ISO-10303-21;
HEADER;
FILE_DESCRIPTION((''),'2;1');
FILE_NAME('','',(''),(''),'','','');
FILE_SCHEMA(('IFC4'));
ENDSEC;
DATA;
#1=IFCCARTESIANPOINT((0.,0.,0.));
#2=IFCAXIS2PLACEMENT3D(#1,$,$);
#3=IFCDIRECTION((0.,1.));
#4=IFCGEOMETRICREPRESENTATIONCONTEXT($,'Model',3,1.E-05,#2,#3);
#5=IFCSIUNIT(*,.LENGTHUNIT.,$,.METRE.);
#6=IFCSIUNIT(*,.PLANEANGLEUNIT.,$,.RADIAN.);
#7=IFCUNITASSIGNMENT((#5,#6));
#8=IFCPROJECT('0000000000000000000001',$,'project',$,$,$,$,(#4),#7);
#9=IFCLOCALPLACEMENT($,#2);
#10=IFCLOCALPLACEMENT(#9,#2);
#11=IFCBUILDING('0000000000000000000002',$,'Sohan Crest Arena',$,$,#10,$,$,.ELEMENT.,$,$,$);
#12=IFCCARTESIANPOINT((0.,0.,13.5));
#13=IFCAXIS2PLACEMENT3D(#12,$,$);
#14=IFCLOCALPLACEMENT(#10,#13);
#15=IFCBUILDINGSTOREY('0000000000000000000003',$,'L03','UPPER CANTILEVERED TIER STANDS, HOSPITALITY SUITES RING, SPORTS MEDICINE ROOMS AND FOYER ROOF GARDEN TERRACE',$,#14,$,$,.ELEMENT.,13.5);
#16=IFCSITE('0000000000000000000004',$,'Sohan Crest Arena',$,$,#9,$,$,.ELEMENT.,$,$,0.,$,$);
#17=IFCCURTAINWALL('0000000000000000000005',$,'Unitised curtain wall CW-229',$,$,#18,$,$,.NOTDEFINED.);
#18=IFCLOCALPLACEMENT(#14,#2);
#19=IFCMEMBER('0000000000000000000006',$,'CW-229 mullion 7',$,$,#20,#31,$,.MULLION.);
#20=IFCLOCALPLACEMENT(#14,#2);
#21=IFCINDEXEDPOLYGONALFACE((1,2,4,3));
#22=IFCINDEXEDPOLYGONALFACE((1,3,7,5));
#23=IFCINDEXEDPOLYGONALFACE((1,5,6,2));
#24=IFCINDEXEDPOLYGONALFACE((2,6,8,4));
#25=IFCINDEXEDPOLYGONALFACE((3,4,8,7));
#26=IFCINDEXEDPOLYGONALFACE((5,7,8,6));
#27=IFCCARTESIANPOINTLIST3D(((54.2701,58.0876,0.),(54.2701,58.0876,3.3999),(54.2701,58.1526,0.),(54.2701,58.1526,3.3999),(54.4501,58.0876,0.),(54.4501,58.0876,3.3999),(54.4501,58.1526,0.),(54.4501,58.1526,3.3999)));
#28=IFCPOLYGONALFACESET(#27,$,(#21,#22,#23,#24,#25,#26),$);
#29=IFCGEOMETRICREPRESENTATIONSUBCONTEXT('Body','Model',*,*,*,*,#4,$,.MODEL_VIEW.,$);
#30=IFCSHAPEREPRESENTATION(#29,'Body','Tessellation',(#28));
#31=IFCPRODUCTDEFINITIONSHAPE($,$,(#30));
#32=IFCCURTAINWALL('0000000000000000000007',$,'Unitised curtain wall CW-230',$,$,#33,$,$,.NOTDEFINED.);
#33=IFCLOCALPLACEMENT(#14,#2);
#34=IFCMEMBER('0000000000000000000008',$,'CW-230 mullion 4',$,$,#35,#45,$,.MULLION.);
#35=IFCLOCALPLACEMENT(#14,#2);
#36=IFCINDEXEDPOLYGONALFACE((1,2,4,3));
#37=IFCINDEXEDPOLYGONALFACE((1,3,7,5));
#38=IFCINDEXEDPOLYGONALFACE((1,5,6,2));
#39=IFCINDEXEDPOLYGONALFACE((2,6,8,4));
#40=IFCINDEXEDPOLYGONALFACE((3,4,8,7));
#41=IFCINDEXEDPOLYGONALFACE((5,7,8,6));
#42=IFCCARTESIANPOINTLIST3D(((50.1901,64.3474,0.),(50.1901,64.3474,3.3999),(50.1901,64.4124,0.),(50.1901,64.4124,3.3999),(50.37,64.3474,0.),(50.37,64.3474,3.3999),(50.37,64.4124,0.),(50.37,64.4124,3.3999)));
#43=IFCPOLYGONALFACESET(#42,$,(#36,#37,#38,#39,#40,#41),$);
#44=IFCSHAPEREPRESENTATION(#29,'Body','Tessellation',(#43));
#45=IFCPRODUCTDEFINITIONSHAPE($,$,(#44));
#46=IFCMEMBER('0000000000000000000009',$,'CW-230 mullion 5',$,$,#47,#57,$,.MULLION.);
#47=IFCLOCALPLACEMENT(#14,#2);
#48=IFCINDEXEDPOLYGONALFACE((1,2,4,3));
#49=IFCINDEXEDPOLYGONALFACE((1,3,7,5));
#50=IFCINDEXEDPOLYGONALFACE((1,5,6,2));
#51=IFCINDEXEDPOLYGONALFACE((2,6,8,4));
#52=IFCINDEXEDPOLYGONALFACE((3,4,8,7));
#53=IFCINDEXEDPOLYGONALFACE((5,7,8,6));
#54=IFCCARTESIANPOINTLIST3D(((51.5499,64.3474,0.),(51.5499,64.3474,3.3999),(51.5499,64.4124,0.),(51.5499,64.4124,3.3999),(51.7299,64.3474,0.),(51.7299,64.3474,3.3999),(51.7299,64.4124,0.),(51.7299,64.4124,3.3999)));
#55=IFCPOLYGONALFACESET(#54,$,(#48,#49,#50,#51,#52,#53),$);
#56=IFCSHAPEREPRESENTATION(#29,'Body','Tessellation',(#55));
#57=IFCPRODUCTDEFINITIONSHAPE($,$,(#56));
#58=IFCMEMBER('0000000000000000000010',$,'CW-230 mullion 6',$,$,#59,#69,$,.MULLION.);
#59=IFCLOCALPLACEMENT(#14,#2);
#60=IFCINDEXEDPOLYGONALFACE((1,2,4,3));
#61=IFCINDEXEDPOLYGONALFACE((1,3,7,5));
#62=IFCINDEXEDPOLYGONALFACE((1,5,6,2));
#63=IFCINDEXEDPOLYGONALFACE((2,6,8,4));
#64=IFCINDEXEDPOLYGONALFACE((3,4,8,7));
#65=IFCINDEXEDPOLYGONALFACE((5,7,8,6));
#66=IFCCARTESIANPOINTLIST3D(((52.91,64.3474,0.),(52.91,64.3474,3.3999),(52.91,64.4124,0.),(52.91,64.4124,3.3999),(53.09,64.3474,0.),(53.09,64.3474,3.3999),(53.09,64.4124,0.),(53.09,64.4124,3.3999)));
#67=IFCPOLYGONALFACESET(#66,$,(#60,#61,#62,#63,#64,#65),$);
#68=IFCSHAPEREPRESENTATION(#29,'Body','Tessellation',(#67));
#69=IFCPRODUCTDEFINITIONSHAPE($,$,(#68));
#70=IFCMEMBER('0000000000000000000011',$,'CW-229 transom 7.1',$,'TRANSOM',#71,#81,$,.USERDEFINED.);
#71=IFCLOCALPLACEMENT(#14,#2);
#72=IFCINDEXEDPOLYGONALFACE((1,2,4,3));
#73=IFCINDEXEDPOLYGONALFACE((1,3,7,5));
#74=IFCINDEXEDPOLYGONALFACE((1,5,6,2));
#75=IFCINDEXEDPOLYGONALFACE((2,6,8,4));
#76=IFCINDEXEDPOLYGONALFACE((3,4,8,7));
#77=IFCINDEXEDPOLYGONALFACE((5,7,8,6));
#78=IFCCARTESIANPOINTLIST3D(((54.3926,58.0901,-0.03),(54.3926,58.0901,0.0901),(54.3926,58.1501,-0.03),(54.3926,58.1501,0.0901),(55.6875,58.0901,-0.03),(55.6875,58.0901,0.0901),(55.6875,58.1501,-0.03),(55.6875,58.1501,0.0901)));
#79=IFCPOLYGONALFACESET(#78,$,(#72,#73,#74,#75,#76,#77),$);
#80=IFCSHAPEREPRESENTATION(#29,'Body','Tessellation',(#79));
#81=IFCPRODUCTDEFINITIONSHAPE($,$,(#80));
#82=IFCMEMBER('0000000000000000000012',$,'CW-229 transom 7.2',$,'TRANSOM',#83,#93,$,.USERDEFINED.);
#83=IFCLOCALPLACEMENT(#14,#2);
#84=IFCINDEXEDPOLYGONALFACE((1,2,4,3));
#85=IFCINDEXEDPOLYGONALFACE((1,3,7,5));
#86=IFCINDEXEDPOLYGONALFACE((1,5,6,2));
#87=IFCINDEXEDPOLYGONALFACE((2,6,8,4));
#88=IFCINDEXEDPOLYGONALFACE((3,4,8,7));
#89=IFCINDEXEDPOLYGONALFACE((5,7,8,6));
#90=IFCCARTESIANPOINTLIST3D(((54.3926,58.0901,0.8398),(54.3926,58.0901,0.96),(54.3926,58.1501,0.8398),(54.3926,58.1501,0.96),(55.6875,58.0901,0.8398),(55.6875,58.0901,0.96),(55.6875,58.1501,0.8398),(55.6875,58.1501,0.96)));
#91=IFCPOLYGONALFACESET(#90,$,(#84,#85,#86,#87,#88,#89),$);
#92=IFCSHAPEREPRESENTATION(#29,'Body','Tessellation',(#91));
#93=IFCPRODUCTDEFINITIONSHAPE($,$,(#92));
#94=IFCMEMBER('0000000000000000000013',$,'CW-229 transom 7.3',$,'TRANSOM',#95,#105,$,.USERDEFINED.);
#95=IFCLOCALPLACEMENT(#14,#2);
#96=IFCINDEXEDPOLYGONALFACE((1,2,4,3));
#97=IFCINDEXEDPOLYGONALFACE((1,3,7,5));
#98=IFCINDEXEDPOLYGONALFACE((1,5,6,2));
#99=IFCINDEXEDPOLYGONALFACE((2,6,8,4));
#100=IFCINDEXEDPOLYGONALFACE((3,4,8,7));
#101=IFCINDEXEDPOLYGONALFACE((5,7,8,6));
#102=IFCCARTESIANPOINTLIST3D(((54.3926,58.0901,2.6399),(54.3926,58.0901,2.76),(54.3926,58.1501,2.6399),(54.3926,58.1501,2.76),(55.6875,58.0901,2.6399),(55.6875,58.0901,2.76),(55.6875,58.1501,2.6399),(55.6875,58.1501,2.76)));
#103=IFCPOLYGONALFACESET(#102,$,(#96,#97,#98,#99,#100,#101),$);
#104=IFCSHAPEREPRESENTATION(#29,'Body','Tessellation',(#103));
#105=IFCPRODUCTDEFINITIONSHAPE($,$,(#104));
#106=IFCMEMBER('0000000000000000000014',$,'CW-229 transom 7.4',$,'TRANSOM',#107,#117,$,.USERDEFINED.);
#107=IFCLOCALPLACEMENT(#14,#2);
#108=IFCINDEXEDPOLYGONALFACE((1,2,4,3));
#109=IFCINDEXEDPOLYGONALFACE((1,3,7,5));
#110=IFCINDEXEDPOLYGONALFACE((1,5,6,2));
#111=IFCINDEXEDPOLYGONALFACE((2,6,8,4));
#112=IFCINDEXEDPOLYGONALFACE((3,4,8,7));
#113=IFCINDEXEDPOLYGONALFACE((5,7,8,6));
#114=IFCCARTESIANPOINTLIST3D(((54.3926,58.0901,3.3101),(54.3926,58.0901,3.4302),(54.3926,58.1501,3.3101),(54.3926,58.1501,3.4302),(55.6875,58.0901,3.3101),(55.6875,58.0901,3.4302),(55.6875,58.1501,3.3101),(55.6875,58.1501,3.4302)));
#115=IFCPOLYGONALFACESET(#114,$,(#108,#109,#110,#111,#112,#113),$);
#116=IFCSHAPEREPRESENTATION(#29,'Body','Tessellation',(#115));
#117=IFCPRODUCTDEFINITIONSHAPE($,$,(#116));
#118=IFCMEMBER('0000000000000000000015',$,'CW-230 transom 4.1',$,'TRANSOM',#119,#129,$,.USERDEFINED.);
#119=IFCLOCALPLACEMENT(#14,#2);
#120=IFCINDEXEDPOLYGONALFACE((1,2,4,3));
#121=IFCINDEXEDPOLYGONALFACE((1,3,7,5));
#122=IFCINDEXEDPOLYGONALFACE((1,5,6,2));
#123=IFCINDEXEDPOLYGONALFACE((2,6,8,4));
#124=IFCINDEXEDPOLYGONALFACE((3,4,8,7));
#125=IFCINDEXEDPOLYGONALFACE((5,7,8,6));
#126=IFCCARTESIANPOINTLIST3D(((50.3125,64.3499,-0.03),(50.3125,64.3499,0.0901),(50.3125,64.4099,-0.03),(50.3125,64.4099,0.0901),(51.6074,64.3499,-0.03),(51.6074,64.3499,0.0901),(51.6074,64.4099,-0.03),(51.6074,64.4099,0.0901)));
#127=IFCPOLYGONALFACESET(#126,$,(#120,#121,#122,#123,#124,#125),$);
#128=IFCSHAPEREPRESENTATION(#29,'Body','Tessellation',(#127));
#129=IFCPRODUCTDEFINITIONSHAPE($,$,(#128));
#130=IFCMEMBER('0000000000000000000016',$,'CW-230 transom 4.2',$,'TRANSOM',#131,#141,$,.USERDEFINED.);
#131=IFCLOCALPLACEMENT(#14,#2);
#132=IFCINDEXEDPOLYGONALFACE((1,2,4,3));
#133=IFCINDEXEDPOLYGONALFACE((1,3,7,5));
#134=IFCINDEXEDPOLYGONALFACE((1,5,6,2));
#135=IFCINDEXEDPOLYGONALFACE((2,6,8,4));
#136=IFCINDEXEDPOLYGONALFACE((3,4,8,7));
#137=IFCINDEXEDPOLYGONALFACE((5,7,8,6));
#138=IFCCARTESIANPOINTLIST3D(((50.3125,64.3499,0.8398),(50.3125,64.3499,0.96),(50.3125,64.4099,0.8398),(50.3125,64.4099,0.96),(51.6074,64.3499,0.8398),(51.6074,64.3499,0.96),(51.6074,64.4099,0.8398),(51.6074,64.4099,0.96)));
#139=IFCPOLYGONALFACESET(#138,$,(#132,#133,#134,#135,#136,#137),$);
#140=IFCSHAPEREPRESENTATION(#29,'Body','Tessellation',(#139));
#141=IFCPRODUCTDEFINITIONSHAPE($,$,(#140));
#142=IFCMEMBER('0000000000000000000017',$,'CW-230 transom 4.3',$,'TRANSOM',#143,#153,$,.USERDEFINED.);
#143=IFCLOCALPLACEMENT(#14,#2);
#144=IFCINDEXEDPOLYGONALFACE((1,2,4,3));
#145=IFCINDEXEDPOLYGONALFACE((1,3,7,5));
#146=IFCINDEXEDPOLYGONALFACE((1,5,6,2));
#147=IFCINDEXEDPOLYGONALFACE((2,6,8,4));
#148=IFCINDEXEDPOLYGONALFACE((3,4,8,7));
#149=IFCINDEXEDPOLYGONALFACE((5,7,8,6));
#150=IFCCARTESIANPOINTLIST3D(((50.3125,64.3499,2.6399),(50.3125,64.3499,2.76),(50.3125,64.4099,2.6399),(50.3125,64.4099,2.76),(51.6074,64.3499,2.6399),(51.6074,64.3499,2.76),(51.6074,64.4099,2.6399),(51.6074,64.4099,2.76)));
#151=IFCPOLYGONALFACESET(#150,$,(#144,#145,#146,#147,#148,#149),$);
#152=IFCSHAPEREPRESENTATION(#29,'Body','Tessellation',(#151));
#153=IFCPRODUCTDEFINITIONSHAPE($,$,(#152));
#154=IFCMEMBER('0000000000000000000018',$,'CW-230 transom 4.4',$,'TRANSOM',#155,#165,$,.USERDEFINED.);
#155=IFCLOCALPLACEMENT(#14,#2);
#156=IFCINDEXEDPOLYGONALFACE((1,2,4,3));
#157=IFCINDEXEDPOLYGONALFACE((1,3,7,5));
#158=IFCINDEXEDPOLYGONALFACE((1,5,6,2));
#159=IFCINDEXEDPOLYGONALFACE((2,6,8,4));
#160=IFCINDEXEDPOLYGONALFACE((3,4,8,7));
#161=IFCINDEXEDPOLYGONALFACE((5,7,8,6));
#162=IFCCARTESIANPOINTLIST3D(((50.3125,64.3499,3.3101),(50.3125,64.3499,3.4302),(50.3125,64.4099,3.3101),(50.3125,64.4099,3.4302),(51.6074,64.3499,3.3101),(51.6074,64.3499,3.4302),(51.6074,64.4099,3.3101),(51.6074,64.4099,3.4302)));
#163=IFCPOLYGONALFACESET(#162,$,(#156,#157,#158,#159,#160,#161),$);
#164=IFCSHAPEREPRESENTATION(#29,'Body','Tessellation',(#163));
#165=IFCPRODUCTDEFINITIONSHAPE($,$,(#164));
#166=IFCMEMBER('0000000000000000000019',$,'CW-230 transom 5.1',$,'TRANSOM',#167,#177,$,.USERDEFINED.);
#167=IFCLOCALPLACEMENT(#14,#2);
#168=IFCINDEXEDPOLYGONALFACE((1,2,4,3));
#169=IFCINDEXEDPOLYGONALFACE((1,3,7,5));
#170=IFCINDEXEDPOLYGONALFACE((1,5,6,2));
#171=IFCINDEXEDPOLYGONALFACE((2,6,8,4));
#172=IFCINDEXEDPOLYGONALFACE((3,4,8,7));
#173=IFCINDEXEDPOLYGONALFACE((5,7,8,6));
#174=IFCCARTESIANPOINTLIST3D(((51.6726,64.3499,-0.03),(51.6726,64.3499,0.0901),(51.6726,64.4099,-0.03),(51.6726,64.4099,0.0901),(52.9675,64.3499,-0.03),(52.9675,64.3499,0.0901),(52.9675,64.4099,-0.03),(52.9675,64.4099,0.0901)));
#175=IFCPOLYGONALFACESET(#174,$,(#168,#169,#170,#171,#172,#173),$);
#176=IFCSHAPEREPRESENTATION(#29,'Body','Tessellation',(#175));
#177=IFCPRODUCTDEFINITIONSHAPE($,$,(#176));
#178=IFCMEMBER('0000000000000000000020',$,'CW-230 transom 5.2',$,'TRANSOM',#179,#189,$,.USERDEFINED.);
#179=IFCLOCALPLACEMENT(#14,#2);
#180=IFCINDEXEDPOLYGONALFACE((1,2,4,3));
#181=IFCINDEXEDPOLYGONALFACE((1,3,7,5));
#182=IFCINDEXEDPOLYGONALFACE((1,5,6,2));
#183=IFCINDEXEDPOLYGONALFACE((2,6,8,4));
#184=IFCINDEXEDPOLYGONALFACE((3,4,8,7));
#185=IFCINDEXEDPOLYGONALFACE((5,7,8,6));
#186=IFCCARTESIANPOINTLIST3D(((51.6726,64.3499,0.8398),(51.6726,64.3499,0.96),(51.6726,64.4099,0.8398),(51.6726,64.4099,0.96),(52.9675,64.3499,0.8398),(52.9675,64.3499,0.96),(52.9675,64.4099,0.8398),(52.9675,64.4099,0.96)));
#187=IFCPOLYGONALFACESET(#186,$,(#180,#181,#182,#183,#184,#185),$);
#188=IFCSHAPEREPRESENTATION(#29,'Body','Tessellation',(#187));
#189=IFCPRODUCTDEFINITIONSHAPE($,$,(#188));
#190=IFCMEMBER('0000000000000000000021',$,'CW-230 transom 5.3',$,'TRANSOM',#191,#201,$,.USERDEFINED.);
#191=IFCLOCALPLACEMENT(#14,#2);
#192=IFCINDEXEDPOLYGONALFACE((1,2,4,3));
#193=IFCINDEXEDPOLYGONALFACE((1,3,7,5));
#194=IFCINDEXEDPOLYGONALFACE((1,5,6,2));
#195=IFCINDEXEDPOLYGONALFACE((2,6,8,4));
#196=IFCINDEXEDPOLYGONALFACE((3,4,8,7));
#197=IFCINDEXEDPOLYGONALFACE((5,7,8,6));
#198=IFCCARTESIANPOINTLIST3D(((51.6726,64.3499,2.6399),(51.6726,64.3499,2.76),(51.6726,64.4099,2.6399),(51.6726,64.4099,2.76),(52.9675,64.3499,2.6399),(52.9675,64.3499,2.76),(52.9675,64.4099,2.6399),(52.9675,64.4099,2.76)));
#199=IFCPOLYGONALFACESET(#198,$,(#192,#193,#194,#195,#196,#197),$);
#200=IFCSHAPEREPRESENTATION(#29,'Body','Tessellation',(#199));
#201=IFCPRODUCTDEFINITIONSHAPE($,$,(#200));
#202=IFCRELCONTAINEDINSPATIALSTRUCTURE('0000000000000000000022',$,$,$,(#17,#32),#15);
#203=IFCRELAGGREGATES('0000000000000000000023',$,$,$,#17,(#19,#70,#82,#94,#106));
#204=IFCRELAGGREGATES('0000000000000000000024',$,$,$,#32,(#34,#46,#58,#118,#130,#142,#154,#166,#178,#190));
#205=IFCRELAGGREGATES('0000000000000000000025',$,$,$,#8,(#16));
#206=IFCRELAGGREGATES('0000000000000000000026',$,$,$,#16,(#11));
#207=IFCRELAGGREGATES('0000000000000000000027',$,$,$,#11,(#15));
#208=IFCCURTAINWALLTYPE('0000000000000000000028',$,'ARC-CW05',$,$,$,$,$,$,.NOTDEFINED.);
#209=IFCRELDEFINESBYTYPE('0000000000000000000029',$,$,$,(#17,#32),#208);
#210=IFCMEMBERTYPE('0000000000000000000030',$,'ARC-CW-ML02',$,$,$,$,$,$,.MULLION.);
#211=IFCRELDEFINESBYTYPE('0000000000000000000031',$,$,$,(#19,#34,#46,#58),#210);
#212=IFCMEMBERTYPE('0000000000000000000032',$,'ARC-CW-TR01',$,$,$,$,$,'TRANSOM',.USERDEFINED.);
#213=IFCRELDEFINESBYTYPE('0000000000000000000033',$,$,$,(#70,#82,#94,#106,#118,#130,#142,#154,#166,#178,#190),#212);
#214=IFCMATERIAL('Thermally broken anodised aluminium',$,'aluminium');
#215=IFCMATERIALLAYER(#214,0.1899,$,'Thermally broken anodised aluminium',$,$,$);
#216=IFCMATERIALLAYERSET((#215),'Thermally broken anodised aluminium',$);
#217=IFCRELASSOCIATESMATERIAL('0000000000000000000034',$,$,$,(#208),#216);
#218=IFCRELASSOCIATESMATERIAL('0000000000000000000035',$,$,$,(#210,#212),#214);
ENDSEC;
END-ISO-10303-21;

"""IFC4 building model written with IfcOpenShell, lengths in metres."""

from ifc_helpers import new_model, si_unit, direction, frame, origin, origin_2d, place, context, subcontext, project, spatial, rectangle, extrude, material, layer, layer_set, material_profile, profile_set, type_object, element, aggregate, save


model = new_model("IFC4")

# Units and contexts
model_context = context("Model", 3, precision=1e-05, world=origin(), true_north=direction((0.0, 1.0)))
body_context = subcontext(model_context, "Body", "Model", "MODEL_VIEW")
ifc_project = project(units=[si_unit("LENGTHUNIT", "METRE"), si_unit("PLANEANGLEUNIT", "RADIAN")], contexts=[model_context])

# Site, building, storey
site_placement = place(None, origin())
site = spatial("IfcSite", under=ifc_project, at=site_placement, Name="Sohan Crest Arena", CompositionType="ELEMENT", RefElevation=0.0)
building_placement = place(site_placement, origin())
building = spatial("IfcBuilding", under=site, at=building_placement, Name="Sohan Crest Arena", CompositionType="ELEMENT")
storey_placement = place(building_placement, frame((0.0, 0.0, 13.5)))
storey = spatial("IfcBuildingStorey", under=building, at=storey_placement, Name="L03", Description="UPPER CANTILEVERED TIER STANDS, HOSPITALITY SUITES RING, SPORTS MEDICINE ROOMS AND FOYER ROOF GARDEN TERRACE", CompositionType="ELEMENT", Elevation=13.5)

# Curtain wall, member
ifc_material_1 = material(Name="Thermally broken anodised aluminium", Category="aluminium")
ifc_layer_1 = layer(ifc_material_1, 0.1899, Name="Thermally broken anodised aluminium")
ifc_layer_set_1 = layer_set([ifc_layer_1], Name="Thermally broken anodised aluminium")
curtain_wall_type = type_object("IfcCurtainWallType", Name="ARC-CW05", PredefinedType="NOTDEFINED", material=ifc_layer_set_1)
curtain_wall_1_placement = place(storey_placement, origin())
curtain_wall_1 = element("IfcCurtainWall", 1, at=curtain_wall_1_placement, inside=storey, type_object=curtain_wall_type, Name="Unitised curtain wall CW-229", PredefinedType="NOTDEFINED")
ifc_material_profile_1 = material_profile(ifc_material_1, rectangle(XDim=0.0649, YDim=0.1799, at=origin_2d()), Name="ALU-MULL 65x180")
ifc_profile_set_1 = profile_set([ifc_material_profile_1], Name="Thermally broken anodised aluminium")
member_type_1 = type_object("IfcMemberType", Name="ARC-CW-ML02", PredefinedType="MULLION", material=ifc_profile_set_1)
member_1_placement = place(storey_placement, frame((54.3601, 58.1201, 0.0), z_axis=(0.0, 0.0, 1.0), x_axis=(0.0, 1.0, 0.0)))
member_1 = element("IfcMember", 2, at=member_1_placement, type_object=member_type_1, Name="CW-229 mullion 7", PredefinedType="MULLION", context=body_context, shape_type="SweptSolid", body=[
    extrude(rectangle(XDim=0.0649, YDim=0.1799, at=origin_2d()), origin(), (0.0, 0.0, 1.0), 3.3999),
])

# Curtain wall, members
curtain_wall_2_placement = place(storey_placement, origin())
curtain_wall_2 = element("IfcCurtainWall", 3, at=curtain_wall_2_placement, inside=storey, type_object=curtain_wall_type, Name="Unitised curtain wall CW-230", PredefinedType="NOTDEFINED")
member_2_placement = place(storey_placement, frame((50.28, 64.3799, 0.0), z_axis=(0.0, 0.0, 1.0), x_axis=(0.0, 1.0, 0.0)))
member_2 = element("IfcMember", 4, at=member_2_placement, type_object=member_type_1, Name="CW-230 mullion 4", PredefinedType="MULLION", context=body_context, shape_type="SweptSolid", body=[
    extrude(rectangle(XDim=0.0649, YDim=0.1799, at=origin_2d()), origin(), (0.0, 0.0, 1.0), 3.3999),
])
member_3_placement = place(storey_placement, frame((51.6399, 64.3799, 0.0), z_axis=(0.0, 0.0, 1.0), x_axis=(0.0, 1.0, 0.0)))
member_3 = element("IfcMember", 5, at=member_3_placement, type_object=member_type_1, Name="CW-230 mullion 5", PredefinedType="MULLION", context=body_context, shape_type="SweptSolid", body=[
    extrude(rectangle(XDim=0.0649, YDim=0.1799, at=origin_2d()), origin(), (0.0, 0.0, 1.0), 3.3999),
])
member_4_placement = place(storey_placement, frame((53.0, 64.3799, 0.0), z_axis=(0.0, 0.0, 1.0), x_axis=(0.0, 1.0, 0.0)))
member_4 = element("IfcMember", 6, at=member_4_placement, type_object=member_type_1, Name="CW-230 mullion 6", PredefinedType="MULLION", context=body_context, shape_type="SweptSolid", body=[
    extrude(rectangle(XDim=0.0649, YDim=0.1799, at=origin_2d()), origin(), (0.0, 0.0, 1.0), 3.3999),
])

# Members
ifc_material_profile_2 = material_profile(ifc_material_1, rectangle(XDim=0.0601, YDim=0.1201, at=origin_2d()), Name="ALU-TRAN 60x120")
ifc_profile_set_2 = profile_set([ifc_material_profile_2], Name="Thermally broken anodised aluminium")
member_type_2 = type_object("IfcMemberType", Name="ARC-CW-TR01", ElementType="TRANSOM", PredefinedType="USERDEFINED", material=ifc_profile_set_2)
member_5_placement = place(storey_placement, frame((54.3926, 58.1201, 0.03), z_axis=(1.0, 0.0, 0.0), x_axis=(0.0, 1.0, 0.0)))
member_5 = element("IfcMember", 7, at=member_5_placement, type_object=member_type_2, Name="CW-229 transom 7.1", ObjectType="TRANSOM", PredefinedType="USERDEFINED", context=body_context, shape_type="SweptSolid", body=[
    extrude(rectangle(XDim=0.0601, YDim=0.1201, at=origin_2d()), origin(), (0.0, 0.0, 1.0), 1.2949),
])
member_6_placement = place(storey_placement, frame((54.3926, 58.1201, 0.8999), z_axis=(1.0, 0.0, 0.0), x_axis=(0.0, 1.0, 0.0)))
member_6 = element("IfcMember", 8, at=member_6_placement, type_object=member_type_2, Name="CW-229 transom 7.2", ObjectType="TRANSOM", PredefinedType="USERDEFINED", context=body_context, shape_type="SweptSolid", body=[
    extrude(rectangle(XDim=0.0601, YDim=0.1201, at=origin_2d()), origin(), (0.0, 0.0, 1.0), 1.2949),
])
member_7_placement = place(storey_placement, frame((54.3926, 58.1201, 2.7), z_axis=(1.0, 0.0, 0.0), x_axis=(0.0, 1.0, 0.0)))
member_7 = element("IfcMember", 9, at=member_7_placement, type_object=member_type_2, Name="CW-229 transom 7.3", ObjectType="TRANSOM", PredefinedType="USERDEFINED", context=body_context, shape_type="SweptSolid", body=[
    extrude(rectangle(XDim=0.0601, YDim=0.1201, at=origin_2d()), origin(), (0.0, 0.0, 1.0), 1.2949),
])
member_8_placement = place(storey_placement, frame((54.3926, 58.1201, 3.3701), z_axis=(1.0, 0.0, 0.0), x_axis=(0.0, 1.0, 0.0)))
member_8 = element("IfcMember", 10, at=member_8_placement, type_object=member_type_2, Name="CW-229 transom 7.4", ObjectType="TRANSOM", PredefinedType="USERDEFINED", context=body_context, shape_type="SweptSolid", body=[
    extrude(rectangle(XDim=0.0601, YDim=0.1201, at=origin_2d()), origin(), (0.0, 0.0, 1.0), 1.2949),
])
member_9_placement = place(storey_placement, frame((50.3125, 64.3799, 0.03), z_axis=(1.0, 0.0, 0.0), x_axis=(0.0, 1.0, 0.0)))
member_9 = element("IfcMember", 11, at=member_9_placement, type_object=member_type_2, Name="CW-230 transom 4.1", ObjectType="TRANSOM", PredefinedType="USERDEFINED", context=body_context, shape_type="SweptSolid", body=[
    extrude(rectangle(XDim=0.0601, YDim=0.1201, at=origin_2d()), origin(), (0.0, 0.0, 1.0), 1.2949),
])
member_10_placement = place(storey_placement, frame((50.3125, 64.3799, 0.8999), z_axis=(1.0, 0.0, 0.0), x_axis=(0.0, 1.0, 0.0)))
member_10 = element("IfcMember", 12, at=member_10_placement, type_object=member_type_2, Name="CW-230 transom 4.2", ObjectType="TRANSOM", PredefinedType="USERDEFINED", context=body_context, shape_type="SweptSolid", body=[
    extrude(rectangle(XDim=0.0601, YDim=0.1201, at=origin_2d()), origin(), (0.0, 0.0, 1.0), 1.2949),
])
member_11_placement = place(storey_placement, frame((50.3125, 64.3799, 2.7), z_axis=(1.0, 0.0, 0.0), x_axis=(0.0, 1.0, 0.0)))
member_11 = element("IfcMember", 13, at=member_11_placement, type_object=member_type_2, Name="CW-230 transom 4.3", ObjectType="TRANSOM", PredefinedType="USERDEFINED", context=body_context, shape_type="SweptSolid", body=[
    extrude(rectangle(XDim=0.0601, YDim=0.1201, at=origin_2d()), origin(), (0.0, 0.0, 1.0), 1.2949),
])
member_12_placement = place(storey_placement, frame((50.3125, 64.3799, 3.3701), z_axis=(1.0, 0.0, 0.0), x_axis=(0.0, 1.0, 0.0)))
member_12 = element("IfcMember", 14, at=member_12_placement, type_object=member_type_2, Name="CW-230 transom 4.4", ObjectType="TRANSOM", PredefinedType="USERDEFINED", context=body_context, shape_type="SweptSolid", body=[
    extrude(rectangle(XDim=0.0601, YDim=0.1201, at=origin_2d()), origin(), (0.0, 0.0, 1.0), 1.2949),
])
member_13_placement = place(storey_placement, frame((51.6726, 64.3799, 0.03), z_axis=(1.0, 0.0, 0.0), x_axis=(0.0, 1.0, 0.0)))
member_13 = element("IfcMember", 15, at=member_13_placement, type_object=member_type_2, Name="CW-230 transom 5.1", ObjectType="TRANSOM", PredefinedType="USERDEFINED", context=body_context, shape_type="SweptSolid", body=[
    extrude(rectangle(XDim=0.0601, YDim=0.1201, at=origin_2d()), origin(), (0.0, 0.0, 1.0), 1.2949),
])
member_14_placement = place(storey_placement, frame((51.6726, 64.3799, 0.8999), z_axis=(1.0, 0.0, 0.0), x_axis=(0.0, 1.0, 0.0)))
member_14 = element("IfcMember", 16, at=member_14_placement, type_object=member_type_2, Name="CW-230 transom 5.2", ObjectType="TRANSOM", PredefinedType="USERDEFINED", context=body_context, shape_type="SweptSolid", body=[
    extrude(rectangle(XDim=0.0601, YDim=0.1201, at=origin_2d()), origin(), (0.0, 0.0, 1.0), 1.2949),
])
member_15_placement = place(storey_placement, frame((51.6726, 64.3799, 2.7), z_axis=(1.0, 0.0, 0.0), x_axis=(0.0, 1.0, 0.0)))
member_15 = element("IfcMember", 17, at=member_15_placement, type_object=member_type_2, Name="CW-230 transom 5.3", ObjectType="TRANSOM", PredefinedType="USERDEFINED", context=body_context, shape_type="SweptSolid", body=[
    extrude(rectangle(XDim=0.0601, YDim=0.1201, at=origin_2d()), origin(), (0.0, 0.0, 1.0), 1.2949),
])

aggregate(curtain_wall_1, [member_1, member_5, member_6, member_7, member_8])
aggregate(curtain_wall_2, [member_2, member_3, member_4, member_9, member_10, member_11, member_12, member_13, member_14, member_15])

save(model, "model.ifc")
